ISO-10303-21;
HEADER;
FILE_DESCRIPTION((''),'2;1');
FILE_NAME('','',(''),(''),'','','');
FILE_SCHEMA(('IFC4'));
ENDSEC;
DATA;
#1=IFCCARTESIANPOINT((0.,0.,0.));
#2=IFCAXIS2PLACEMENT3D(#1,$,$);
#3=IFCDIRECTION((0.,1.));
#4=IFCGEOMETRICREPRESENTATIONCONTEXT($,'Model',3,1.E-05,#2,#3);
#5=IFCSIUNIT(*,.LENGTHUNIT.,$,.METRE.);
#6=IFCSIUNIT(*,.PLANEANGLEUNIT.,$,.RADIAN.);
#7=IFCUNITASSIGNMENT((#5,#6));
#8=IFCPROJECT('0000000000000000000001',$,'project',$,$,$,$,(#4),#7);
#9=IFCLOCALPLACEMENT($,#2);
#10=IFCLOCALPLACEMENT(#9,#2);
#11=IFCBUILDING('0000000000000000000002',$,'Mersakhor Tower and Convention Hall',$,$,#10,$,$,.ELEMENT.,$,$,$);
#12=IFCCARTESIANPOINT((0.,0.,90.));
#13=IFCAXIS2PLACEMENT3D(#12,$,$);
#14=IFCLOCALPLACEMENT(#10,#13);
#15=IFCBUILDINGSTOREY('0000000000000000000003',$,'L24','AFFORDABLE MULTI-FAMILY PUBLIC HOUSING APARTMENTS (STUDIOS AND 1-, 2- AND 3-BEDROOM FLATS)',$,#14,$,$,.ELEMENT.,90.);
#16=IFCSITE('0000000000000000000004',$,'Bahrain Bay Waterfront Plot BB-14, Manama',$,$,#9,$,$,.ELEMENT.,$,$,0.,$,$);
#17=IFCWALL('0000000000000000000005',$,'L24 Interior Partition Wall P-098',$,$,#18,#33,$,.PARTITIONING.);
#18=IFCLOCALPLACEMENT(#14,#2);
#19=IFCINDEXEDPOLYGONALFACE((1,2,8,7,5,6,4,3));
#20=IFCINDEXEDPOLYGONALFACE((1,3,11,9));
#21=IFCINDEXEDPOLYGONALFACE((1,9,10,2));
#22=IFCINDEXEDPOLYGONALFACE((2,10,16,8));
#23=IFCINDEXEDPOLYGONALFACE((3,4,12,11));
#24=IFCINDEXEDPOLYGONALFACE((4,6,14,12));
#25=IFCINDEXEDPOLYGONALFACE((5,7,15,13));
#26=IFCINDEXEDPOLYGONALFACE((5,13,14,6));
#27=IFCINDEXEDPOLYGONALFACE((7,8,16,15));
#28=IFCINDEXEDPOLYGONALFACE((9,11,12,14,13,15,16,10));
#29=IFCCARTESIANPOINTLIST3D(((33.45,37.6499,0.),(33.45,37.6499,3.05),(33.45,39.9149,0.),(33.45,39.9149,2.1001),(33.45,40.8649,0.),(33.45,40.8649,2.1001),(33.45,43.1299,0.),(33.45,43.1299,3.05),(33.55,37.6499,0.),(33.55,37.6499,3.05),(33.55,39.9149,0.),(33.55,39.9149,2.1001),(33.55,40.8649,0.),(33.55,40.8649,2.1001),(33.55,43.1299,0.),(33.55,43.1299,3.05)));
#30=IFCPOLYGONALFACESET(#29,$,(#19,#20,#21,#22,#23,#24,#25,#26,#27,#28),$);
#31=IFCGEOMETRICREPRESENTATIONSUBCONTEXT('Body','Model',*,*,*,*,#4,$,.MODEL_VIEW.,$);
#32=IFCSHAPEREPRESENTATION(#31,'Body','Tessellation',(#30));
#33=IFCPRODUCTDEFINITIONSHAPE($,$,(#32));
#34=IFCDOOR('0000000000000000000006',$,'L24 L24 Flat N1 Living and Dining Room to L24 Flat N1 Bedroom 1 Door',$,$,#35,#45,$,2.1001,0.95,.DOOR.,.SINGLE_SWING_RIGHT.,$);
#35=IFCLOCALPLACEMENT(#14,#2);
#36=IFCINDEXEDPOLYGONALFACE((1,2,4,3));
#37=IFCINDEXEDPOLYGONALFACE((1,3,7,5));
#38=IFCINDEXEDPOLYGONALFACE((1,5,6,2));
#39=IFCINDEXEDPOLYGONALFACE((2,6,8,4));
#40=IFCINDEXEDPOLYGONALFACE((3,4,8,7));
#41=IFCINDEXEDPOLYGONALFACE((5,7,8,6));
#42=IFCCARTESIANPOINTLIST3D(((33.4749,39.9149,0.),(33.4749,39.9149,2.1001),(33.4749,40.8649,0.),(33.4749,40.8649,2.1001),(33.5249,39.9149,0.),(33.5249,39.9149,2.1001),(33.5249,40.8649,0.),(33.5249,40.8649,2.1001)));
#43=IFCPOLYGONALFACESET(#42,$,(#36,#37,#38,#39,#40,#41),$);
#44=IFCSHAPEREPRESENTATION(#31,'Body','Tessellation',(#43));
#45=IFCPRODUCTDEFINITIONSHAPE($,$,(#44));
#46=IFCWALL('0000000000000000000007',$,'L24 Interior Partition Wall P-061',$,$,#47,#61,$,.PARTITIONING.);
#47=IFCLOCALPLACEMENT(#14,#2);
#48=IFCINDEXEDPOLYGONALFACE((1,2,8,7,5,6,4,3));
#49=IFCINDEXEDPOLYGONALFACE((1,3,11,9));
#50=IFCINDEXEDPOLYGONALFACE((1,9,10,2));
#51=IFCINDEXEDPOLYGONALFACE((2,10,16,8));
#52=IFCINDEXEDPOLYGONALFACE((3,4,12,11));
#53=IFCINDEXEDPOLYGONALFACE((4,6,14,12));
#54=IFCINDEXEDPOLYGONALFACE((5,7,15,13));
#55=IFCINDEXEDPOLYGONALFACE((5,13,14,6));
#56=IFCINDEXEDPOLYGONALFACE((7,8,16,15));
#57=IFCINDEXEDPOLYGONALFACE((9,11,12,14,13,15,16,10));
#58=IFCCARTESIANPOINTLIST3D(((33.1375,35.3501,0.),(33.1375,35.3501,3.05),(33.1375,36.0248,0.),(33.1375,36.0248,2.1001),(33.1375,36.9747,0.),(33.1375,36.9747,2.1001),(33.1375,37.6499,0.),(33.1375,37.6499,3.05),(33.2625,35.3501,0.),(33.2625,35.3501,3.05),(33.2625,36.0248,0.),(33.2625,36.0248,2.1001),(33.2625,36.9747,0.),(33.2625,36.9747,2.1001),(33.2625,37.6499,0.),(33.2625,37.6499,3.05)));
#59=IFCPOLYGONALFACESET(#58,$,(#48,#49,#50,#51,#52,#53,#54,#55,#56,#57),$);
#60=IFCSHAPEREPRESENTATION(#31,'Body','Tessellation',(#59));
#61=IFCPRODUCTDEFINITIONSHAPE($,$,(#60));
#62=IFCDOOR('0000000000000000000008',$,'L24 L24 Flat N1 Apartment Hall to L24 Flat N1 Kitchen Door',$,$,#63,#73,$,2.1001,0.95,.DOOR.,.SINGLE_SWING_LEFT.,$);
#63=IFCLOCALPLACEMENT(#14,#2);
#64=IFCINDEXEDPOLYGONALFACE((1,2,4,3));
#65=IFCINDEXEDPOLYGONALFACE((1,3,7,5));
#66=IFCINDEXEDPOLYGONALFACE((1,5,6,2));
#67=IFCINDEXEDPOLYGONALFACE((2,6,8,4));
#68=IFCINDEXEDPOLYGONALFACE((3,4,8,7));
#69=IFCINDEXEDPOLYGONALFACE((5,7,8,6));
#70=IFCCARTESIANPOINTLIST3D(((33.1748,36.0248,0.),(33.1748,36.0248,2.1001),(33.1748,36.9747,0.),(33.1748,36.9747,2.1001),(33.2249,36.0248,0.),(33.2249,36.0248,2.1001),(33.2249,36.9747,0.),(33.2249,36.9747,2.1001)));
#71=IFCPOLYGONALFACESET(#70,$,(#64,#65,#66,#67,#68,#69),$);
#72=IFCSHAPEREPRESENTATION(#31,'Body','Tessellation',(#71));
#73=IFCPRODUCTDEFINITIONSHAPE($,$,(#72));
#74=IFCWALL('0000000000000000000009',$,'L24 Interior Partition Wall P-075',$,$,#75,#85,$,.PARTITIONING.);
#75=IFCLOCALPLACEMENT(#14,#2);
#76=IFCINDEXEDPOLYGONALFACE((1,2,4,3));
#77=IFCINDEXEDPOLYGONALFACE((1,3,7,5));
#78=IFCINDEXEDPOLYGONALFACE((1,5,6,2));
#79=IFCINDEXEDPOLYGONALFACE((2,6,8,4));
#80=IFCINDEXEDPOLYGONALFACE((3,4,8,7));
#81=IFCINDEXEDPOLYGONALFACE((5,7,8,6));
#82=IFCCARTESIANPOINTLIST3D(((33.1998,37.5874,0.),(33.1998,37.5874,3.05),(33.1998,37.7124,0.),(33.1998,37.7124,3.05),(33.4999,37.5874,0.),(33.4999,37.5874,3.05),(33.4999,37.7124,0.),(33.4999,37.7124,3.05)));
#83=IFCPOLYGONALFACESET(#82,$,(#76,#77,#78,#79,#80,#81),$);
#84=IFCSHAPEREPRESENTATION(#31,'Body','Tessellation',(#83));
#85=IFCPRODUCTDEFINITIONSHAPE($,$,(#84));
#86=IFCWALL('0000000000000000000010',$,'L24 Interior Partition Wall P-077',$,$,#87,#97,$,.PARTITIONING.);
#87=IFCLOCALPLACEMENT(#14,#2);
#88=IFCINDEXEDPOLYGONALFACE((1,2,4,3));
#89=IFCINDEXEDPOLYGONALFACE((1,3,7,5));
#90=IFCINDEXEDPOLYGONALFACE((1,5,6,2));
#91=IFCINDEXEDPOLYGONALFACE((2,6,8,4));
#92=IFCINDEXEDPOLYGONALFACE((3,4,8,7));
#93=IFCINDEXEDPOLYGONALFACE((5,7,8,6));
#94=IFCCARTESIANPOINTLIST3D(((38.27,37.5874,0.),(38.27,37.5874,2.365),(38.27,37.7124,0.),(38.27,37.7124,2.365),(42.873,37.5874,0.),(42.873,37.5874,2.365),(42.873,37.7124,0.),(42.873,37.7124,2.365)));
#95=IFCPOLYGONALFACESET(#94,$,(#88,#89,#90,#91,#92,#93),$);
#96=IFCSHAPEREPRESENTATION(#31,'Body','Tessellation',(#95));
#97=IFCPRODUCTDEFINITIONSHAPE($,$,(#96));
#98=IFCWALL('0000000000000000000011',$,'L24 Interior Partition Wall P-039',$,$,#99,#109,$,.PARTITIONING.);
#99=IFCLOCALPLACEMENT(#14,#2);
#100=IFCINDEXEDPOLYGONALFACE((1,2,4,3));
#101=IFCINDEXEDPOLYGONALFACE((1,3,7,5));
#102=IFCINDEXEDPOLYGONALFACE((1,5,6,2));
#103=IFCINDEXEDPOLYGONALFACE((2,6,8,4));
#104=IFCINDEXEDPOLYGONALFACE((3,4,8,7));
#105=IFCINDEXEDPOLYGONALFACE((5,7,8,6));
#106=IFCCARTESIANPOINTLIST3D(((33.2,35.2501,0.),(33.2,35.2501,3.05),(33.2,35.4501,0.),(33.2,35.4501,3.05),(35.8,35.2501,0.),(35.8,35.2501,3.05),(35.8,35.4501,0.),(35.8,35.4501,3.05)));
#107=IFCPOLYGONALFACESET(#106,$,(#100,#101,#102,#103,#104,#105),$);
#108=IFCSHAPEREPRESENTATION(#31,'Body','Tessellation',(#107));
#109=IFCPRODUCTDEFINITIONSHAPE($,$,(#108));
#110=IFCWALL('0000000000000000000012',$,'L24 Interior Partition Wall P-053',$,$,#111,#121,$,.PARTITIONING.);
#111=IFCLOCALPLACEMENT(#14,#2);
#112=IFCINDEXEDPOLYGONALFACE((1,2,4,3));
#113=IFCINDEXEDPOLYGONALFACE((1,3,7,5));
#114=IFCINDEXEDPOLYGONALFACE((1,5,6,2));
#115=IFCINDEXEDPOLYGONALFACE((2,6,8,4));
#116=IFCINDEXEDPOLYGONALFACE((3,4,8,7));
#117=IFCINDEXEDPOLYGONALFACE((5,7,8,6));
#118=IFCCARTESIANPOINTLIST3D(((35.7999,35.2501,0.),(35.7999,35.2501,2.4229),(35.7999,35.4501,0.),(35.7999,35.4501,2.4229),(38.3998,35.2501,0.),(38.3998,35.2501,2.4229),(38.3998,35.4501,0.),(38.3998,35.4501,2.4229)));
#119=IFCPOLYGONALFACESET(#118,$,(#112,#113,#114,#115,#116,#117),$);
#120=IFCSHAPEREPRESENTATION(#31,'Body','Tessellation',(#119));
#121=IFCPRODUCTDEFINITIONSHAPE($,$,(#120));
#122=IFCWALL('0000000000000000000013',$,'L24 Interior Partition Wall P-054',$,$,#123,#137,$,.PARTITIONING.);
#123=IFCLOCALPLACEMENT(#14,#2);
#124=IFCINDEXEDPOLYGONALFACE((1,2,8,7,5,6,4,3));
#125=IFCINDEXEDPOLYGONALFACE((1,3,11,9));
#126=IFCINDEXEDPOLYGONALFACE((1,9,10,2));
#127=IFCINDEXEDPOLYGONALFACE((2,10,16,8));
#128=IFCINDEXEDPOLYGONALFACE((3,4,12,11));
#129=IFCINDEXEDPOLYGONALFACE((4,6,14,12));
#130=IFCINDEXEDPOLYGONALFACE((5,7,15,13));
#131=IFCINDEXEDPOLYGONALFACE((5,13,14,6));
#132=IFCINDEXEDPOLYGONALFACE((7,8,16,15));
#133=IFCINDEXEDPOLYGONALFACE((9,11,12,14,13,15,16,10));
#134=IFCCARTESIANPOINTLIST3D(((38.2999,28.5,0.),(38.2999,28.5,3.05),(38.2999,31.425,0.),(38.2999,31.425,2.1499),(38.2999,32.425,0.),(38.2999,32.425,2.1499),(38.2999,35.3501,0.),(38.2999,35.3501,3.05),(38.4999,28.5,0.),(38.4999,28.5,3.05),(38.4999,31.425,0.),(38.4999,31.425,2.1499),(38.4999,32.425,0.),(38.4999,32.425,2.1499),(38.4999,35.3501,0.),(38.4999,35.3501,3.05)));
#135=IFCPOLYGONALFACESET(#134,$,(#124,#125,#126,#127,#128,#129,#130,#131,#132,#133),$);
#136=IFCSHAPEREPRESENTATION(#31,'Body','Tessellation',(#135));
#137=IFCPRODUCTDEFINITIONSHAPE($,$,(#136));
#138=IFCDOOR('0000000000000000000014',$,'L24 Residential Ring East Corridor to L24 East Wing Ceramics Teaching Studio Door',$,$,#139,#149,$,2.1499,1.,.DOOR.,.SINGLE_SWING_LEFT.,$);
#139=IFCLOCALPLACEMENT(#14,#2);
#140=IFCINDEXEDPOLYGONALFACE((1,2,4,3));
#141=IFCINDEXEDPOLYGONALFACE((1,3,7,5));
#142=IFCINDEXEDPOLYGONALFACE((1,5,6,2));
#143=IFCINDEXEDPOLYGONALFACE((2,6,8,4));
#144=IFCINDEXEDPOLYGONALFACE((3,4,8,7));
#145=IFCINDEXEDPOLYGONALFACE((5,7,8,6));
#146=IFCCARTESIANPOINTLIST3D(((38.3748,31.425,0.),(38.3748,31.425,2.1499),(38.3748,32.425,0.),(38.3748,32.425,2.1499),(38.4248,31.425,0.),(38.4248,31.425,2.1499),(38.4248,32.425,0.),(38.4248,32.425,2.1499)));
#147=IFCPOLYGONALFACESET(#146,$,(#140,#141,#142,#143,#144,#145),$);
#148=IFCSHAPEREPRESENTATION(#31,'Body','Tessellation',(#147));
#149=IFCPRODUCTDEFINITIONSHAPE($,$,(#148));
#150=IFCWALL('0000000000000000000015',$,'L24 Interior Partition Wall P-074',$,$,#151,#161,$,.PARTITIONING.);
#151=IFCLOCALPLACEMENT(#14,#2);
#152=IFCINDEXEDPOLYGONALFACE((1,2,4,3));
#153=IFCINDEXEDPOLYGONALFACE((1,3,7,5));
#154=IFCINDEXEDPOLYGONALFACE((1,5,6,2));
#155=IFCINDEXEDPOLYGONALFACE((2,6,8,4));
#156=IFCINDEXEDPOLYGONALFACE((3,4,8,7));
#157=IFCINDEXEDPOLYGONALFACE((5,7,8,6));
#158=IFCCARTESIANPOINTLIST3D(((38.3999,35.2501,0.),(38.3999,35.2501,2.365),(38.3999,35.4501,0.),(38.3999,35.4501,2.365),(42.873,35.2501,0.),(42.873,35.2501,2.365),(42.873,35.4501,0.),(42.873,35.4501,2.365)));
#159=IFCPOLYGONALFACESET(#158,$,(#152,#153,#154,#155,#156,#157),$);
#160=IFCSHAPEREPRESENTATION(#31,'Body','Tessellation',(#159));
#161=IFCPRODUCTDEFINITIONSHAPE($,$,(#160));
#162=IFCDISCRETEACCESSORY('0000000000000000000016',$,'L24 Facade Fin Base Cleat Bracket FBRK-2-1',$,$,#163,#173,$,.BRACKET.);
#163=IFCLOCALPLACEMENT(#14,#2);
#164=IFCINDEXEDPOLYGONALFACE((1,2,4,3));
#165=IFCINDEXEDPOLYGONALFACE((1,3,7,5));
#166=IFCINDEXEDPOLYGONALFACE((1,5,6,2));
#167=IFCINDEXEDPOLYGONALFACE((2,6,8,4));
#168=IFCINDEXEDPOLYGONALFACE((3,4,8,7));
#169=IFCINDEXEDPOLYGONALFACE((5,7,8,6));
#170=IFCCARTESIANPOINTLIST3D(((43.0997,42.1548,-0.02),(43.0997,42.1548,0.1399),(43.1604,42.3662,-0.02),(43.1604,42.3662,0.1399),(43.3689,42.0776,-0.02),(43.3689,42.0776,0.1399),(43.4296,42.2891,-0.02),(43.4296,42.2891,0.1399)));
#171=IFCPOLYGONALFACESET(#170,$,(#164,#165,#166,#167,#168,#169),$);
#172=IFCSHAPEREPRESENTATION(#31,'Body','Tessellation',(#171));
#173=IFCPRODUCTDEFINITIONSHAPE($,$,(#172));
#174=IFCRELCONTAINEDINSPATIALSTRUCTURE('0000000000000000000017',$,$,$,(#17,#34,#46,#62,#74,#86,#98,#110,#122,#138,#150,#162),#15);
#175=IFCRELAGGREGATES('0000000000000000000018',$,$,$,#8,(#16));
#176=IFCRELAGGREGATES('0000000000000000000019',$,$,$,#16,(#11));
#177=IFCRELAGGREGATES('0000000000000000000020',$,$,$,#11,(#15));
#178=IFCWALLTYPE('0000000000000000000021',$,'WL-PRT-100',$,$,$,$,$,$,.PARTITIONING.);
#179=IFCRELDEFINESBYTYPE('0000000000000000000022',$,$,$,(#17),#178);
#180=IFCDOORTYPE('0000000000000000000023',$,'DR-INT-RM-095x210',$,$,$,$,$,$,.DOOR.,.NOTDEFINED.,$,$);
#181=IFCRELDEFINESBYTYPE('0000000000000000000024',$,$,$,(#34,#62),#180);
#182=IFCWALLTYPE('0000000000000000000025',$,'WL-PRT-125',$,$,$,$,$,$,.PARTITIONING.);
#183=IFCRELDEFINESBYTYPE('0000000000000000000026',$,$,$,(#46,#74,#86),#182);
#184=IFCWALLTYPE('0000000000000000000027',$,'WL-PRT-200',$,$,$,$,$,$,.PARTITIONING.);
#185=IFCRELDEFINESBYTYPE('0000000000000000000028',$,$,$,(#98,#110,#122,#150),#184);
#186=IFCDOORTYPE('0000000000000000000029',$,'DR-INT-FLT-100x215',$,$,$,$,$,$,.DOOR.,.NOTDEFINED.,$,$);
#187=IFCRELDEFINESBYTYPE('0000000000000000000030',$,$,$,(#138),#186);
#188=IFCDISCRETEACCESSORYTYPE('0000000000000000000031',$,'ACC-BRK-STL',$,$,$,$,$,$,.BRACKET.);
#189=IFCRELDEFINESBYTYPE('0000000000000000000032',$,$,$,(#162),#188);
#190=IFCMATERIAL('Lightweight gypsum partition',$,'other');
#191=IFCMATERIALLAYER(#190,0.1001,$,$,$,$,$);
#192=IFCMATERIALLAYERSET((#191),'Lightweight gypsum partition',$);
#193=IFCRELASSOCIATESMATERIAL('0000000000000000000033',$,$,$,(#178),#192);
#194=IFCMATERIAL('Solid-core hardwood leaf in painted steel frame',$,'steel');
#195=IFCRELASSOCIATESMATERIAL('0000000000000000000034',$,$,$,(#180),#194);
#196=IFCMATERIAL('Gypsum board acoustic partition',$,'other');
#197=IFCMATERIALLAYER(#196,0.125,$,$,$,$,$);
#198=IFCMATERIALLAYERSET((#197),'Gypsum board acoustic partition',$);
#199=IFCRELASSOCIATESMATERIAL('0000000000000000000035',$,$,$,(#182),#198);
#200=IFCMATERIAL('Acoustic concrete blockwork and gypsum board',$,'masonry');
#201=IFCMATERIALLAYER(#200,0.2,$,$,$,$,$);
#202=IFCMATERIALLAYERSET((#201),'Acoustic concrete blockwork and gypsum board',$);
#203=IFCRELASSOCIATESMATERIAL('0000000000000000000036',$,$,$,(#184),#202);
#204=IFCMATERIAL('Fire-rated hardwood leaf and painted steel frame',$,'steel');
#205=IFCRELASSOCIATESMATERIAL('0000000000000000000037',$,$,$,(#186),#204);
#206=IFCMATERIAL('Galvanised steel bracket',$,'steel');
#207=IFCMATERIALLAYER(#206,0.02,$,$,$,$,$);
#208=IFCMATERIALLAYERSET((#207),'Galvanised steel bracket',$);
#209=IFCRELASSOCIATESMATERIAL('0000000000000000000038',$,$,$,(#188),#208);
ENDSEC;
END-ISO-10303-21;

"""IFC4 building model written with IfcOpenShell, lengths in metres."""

from ifc_helpers import new_model, si_unit, direction, frame, frame_2d, origin, origin_2d, place, context, subcontext, project, spatial, rectangle, extrude, material, layer, layer_set, type_object, element, fill, save


model = new_model("IFC4")

# Units and contexts
model_context = context("Model", 3, precision=1e-05, world=origin(), true_north=direction((0.0, 1.0)))
body_context = subcontext(model_context, "Body", "Model", "MODEL_VIEW")
ifc_project = project(units=[si_unit("LENGTHUNIT", "METRE"), si_unit("PLANEANGLEUNIT", "RADIAN")], contexts=[model_context])

# Site, building, storey
site_placement = place(None, origin())
site = spatial("IfcSite", under=ifc_project, at=site_placement, Name="Bahrain Bay Waterfront Plot BB-14, Manama", CompositionType="ELEMENT", RefElevation=0.0)
building_placement = place(site_placement, origin())
building = spatial("IfcBuilding", under=site, at=building_placement, Name="Mersakhor Tower and Convention Hall", CompositionType="ELEMENT")
storey_placement = place(building_placement, frame((0.0, 0.0, 90.0)))
storey = spatial("IfcBuildingStorey", under=building, at=storey_placement, Name="L24", Description="AFFORDABLE MULTI-FAMILY PUBLIC HOUSING APARTMENTS (STUDIOS AND 1-, 2- AND 3-BEDROOM FLATS)", CompositionType="ELEMENT", Elevation=90.0)

# Shared definitions
ifc_material_1 = material(Name="Lightweight gypsum partition", Category="other")
ifc_layer_1 = layer(ifc_material_1, 0.1001)
ifc_layer_set_1 = layer_set([ifc_layer_1], Name="Lightweight gypsum partition")
wall_type_1 = type_object("IfcWallType", Name="WL-PRT-100", PredefinedType="PARTITIONING", material=ifc_layer_set_1)
ifc_material_2 = material(Name="Solid-core hardwood leaf in painted steel frame", Category="steel")
door_type_1 = type_object("IfcDoorType", Name="DR-INT-RM-095x210", OperationType="NOTDEFINED", PredefinedType="DOOR", material=ifc_material_2)

# Walls, openings, doors
wall_1_placement = place(storey_placement, frame((33.5, 43.1299, 0.0), z_axis=(0.0, 0.0, 1.0), x_axis=(0.0, -1.0, 0.0)))
wall_1 = element("IfcWall", 1, at=wall_1_placement, inside=storey, type_object=wall_type_1, Name="L24 Interior Partition Wall P-098", PredefinedType="PARTITIONING", context=body_context, shape_type="SweptSolid", body=[
    extrude(rectangle(XDim=5.48, YDim=0.1001, at=frame_2d((2.74, 0.0))), origin(), (0.0, 0.0, 1.0), 3.05),
])
opening_1_placement = place(wall_1_placement, frame((2.2649, 0.0, 0.0)))
opening_1 = element("IfcOpeningElement", 2, at=opening_1_placement, cuts=wall_1, PredefinedType="OPENING", context=body_context, shape_type="SweptSolid", body=[
    extrude(rectangle(XDim=0.95, YDim=2.1001, at=frame_2d((0.4751, 1.05))), frame((0.0, 0.0601, 0.0), z_axis=(0.0, -1.0, 0.0), x_axis=(1.0, 0.0, 0.0)), (0.0, 0.0, 1.0), 0.1201),
])
door_1_placement = place(opening_1_placement, origin())
door_1 = element("IfcDoor", 3, at=door_1_placement, inside=storey, type_object=door_type_1, Name="L24 L24 Flat N1 Living and Dining Room to L24 Flat N1 Bedroom 1 Door", OperationType="SINGLE_SWING_RIGHT", OverallHeight=2.1001, OverallWidth=0.95, PredefinedType="DOOR", context=body_context, shape_type="SweptSolid", body=[
    extrude(rectangle(XDim=0.95, YDim=2.1001, at=frame_2d((0.4751, 1.05))), frame((0.0, 0.0249, 0.0), z_axis=(0.0, -1.0, 0.0), x_axis=(1.0, 0.0, 0.0)), (0.0, 0.0, 1.0), 0.05),
])
fill(opening_1, door_1)
ifc_material_3 = material(Name="Gypsum board acoustic partition", Category="other")
ifc_layer_2 = layer(ifc_material_3, 0.125)
ifc_layer_set_2 = layer_set([ifc_layer_2], Name="Gypsum board acoustic partition")
wall_type_2 = type_object("IfcWallType", Name="WL-PRT-125", PredefinedType="PARTITIONING", material=ifc_layer_set_2)
wall_2_placement = place(storey_placement, frame((33.2, 37.6499, 0.0), z_axis=(0.0, 0.0, 1.0), x_axis=(0.0, -1.0, 0.0)))
wall_2 = element("IfcWall", 4, at=wall_2_placement, inside=storey, type_object=wall_type_2, Name="L24 Interior Partition Wall P-061", PredefinedType="PARTITIONING", context=body_context, shape_type="SweptSolid", body=[
    extrude(rectangle(XDim=2.2998, YDim=0.125, at=frame_2d((1.1499, 0.0))), origin(), (0.0, 0.0, 1.0), 3.05),
])
opening_2_placement = place(wall_2_placement, frame((0.675, 0.0, 0.0)))
opening_2 = element("IfcOpeningElement", 5, at=opening_2_placement, cuts=wall_2, PredefinedType="OPENING", context=body_context, shape_type="SweptSolid", body=[
    extrude(rectangle(XDim=0.95, YDim=2.1001, at=frame_2d((0.4751, 1.05))), frame((0.0, 0.0725, 0.0), z_axis=(0.0, -1.0, 0.0), x_axis=(1.0, 0.0, 0.0)), (0.0, 0.0, 1.0), 0.145),
])
door_2_placement = place(opening_2_placement, origin())
door_2 = element("IfcDoor", 6, at=door_2_placement, inside=storey, type_object=door_type_1, Name="L24 L24 Flat N1 Apartment Hall to L24 Flat N1 Kitchen Door", OperationType="SINGLE_SWING_LEFT", OverallHeight=2.1001, OverallWidth=0.95, PredefinedType="DOOR", context=body_context, shape_type="SweptSolid", body=[
    extrude(rectangle(XDim=0.95, YDim=2.1001, at=frame_2d((0.4751, 1.05))), frame((0.0, 0.0249, 0.0), z_axis=(0.0, -1.0, 0.0), x_axis=(1.0, 0.0, 0.0)), (0.0, 0.0, 1.0), 0.05),
])
fill(opening_2, door_2)

# Walls
wall_3_placement = place(storey_placement, frame((33.2, 37.6499, 0.0), z_axis=(0.0, 0.0, 1.0), x_axis=(1.0, 0.0, 0.0)))
element("IfcWall", 7, at=wall_3_placement, inside=storey, type_object=wall_type_2, Name="L24 Interior Partition Wall P-075", PredefinedType="PARTITIONING", context=body_context, shape_type="SweptSolid", body=[
    extrude(rectangle(XDim=0.3, YDim=0.125, at=frame_2d((0.1499, 0.0))), origin(), (0.0, 0.0, 1.0), 3.05),
])
wall_4_placement = place(storey_placement, frame((38.27, 37.6499, 0.0), z_axis=(0.0, 0.0, 1.0), x_axis=(1.0, 0.0, 0.0)))
element("IfcWall", 8, at=wall_4_placement, inside=storey, type_object=wall_type_2, Name="L24 Interior Partition Wall P-077", PredefinedType="PARTITIONING", context=body_context, shape_type="SweptSolid", body=[
    extrude(rectangle(XDim=4.603, YDim=0.125, at=frame_2d((2.3015, 0.0))), origin(), (0.0, 0.0, 1.0), 2.365),
])

# Shared definitions
ifc_material_4 = material(Name="Acoustic concrete blockwork and gypsum board", Category="masonry")
ifc_layer_3 = layer(ifc_material_4, 0.2)
ifc_layer_set_3 = layer_set([ifc_layer_3], Name="Acoustic concrete blockwork and gypsum board")
wall_type_3 = type_object("IfcWallType", Name="WL-PRT-200", PredefinedType="PARTITIONING", material=ifc_layer_set_3)
ifc_material_5 = material(Name="Fire-rated hardwood leaf and painted steel frame", Category="steel")
door_type_2 = type_object("IfcDoorType", Name="DR-INT-FLT-100x215", OperationType="NOTDEFINED", PredefinedType="DOOR", material=ifc_material_5)

# Wall
wall_5_placement = place(storey_placement, frame((33.2, 35.3501, 0.0), z_axis=(0.0, 0.0, 1.0), x_axis=(1.0, 0.0, 0.0)))
element("IfcWall", 9, at=wall_5_placement, inside=storey, type_object=wall_type_3, Name="L24 Interior Partition Wall P-039", PredefinedType="PARTITIONING", context=body_context, shape_type="SweptSolid", body=[
    extrude(rectangle(XDim=2.6001, YDim=0.2, at=frame_2d((1.3, 0.0))), origin(), (0.0, 0.0, 1.0), 3.05),
])

# Wall
wall_6_placement = place(storey_placement, frame((35.8, 35.3501, 0.0), z_axis=(0.0, 0.0, 1.0), x_axis=(1.0, 0.0, 0.0)))
element("IfcWall", 10, at=wall_6_placement, inside=storey, type_object=wall_type_3, Name="L24 Interior Partition Wall P-053", PredefinedType="PARTITIONING", context=body_context, shape_type="SweptSolid", body=[
    extrude(rectangle(XDim=2.5999, YDim=0.2, at=frame_2d((1.2998, 0.0))), origin(), (0.0, 0.0, 1.0), 2.4229),
])

# Wall, opening, door
wall_7_placement = place(storey_placement, frame((38.3999, 35.3501, 0.0), z_axis=(0.0, 0.0, 1.0), x_axis=(0.0, -1.0, 0.0)))
wall_7 = element("IfcWall", 11, at=wall_7_placement, inside=storey, type_object=wall_type_3, Name="L24 Interior Partition Wall P-054", PredefinedType="PARTITIONING", context=body_context, shape_type="SweptSolid", body=[
    extrude(rectangle(XDim=6.8501, YDim=0.2, at=frame_2d((3.425, 0.0))), origin(), (0.0, 0.0, 1.0), 3.05),
])
opening_3_placement = place(wall_7_placement, frame((2.925, 0.0, 0.0)))
opening_3 = element("IfcOpeningElement", 12, at=opening_3_placement, cuts=wall_7, PredefinedType="OPENING", context=body_context, shape_type="SweptSolid", body=[
    extrude(rectangle(XDim=1.0, YDim=2.1499, at=frame_2d((0.5, 1.075))), frame((0.0, 0.1099, 0.0), z_axis=(0.0, -1.0, 0.0), x_axis=(1.0, 0.0, 0.0)), (0.0, 0.0, 1.0), 0.22),
])
door_3_placement = place(opening_3_placement, origin())
door_3 = element("IfcDoor", 13, at=door_3_placement, inside=storey, type_object=door_type_2, Name="L24 Residential Ring East Corridor to L24 East Wing Ceramics Teaching Studio Door", OperationType="SINGLE_SWING_LEFT", OverallHeight=2.1499, OverallWidth=1.0, PredefinedType="DOOR", context=body_context, shape_type="SweptSolid", body=[
    extrude(rectangle(XDim=1.0, YDim=2.1499, at=frame_2d((0.5, 1.075))), frame((0.0, 0.0249, 0.0), z_axis=(0.0, -1.0, 0.0), x_axis=(1.0, 0.0, 0.0)), (0.0, 0.0, 1.0), 0.05),
])
fill(opening_3, door_3)

# Wall
wall_8_placement = place(storey_placement, frame((42.873, 35.3501, 0.0), z_axis=(0.0, 0.0, 1.0), x_axis=(-1.0, 0.0, 0.0)))
element("IfcWall", 14, at=wall_8_placement, inside=storey, type_object=wall_type_3, Name="L24 Interior Partition Wall P-074", PredefinedType="PARTITIONING", context=body_context, shape_type="SweptSolid", body=[
    extrude(rectangle(XDim=4.4731, YDim=0.2, at=frame_2d((2.2366, 0.0))), origin(), (0.0, 0.0, 1.0), 2.365),
])

# Discrete accessory
ifc_material_6 = material(Name="Galvanised steel bracket", Category="steel")
ifc_layer_4 = layer(ifc_material_6, 0.02)
ifc_layer_set_4 = layer_set([ifc_layer_4], Name="Galvanised steel bracket")
discrete_accessory_type = type_object("IfcDiscreteAccessoryType", Name="ACC-BRK-STL", PredefinedType="BRACKET", material=ifc_layer_set_4)
discrete_accessory_placement = place(storey_placement, frame((43.2646, 42.2219, -0.02), z_axis=(0.0, 0.0, 1.0), x_axis=(0.961262, -0.275637, 0.0)))
element("IfcDiscreteAccessory", 15, at=discrete_accessory_placement, inside=storey, type_object=discrete_accessory_type, Name="L24 Facade Fin Base Cleat Bracket FBRK-2-1", PredefinedType="BRACKET", context=body_context, shape_type="SweptSolid", body=[
    extrude(rectangle(XDim=0.28, YDim=0.22, at=origin_2d()), origin(), (0.0, 0.0, 1.0), 0.1599),
])

save(model, "model.ifc")
